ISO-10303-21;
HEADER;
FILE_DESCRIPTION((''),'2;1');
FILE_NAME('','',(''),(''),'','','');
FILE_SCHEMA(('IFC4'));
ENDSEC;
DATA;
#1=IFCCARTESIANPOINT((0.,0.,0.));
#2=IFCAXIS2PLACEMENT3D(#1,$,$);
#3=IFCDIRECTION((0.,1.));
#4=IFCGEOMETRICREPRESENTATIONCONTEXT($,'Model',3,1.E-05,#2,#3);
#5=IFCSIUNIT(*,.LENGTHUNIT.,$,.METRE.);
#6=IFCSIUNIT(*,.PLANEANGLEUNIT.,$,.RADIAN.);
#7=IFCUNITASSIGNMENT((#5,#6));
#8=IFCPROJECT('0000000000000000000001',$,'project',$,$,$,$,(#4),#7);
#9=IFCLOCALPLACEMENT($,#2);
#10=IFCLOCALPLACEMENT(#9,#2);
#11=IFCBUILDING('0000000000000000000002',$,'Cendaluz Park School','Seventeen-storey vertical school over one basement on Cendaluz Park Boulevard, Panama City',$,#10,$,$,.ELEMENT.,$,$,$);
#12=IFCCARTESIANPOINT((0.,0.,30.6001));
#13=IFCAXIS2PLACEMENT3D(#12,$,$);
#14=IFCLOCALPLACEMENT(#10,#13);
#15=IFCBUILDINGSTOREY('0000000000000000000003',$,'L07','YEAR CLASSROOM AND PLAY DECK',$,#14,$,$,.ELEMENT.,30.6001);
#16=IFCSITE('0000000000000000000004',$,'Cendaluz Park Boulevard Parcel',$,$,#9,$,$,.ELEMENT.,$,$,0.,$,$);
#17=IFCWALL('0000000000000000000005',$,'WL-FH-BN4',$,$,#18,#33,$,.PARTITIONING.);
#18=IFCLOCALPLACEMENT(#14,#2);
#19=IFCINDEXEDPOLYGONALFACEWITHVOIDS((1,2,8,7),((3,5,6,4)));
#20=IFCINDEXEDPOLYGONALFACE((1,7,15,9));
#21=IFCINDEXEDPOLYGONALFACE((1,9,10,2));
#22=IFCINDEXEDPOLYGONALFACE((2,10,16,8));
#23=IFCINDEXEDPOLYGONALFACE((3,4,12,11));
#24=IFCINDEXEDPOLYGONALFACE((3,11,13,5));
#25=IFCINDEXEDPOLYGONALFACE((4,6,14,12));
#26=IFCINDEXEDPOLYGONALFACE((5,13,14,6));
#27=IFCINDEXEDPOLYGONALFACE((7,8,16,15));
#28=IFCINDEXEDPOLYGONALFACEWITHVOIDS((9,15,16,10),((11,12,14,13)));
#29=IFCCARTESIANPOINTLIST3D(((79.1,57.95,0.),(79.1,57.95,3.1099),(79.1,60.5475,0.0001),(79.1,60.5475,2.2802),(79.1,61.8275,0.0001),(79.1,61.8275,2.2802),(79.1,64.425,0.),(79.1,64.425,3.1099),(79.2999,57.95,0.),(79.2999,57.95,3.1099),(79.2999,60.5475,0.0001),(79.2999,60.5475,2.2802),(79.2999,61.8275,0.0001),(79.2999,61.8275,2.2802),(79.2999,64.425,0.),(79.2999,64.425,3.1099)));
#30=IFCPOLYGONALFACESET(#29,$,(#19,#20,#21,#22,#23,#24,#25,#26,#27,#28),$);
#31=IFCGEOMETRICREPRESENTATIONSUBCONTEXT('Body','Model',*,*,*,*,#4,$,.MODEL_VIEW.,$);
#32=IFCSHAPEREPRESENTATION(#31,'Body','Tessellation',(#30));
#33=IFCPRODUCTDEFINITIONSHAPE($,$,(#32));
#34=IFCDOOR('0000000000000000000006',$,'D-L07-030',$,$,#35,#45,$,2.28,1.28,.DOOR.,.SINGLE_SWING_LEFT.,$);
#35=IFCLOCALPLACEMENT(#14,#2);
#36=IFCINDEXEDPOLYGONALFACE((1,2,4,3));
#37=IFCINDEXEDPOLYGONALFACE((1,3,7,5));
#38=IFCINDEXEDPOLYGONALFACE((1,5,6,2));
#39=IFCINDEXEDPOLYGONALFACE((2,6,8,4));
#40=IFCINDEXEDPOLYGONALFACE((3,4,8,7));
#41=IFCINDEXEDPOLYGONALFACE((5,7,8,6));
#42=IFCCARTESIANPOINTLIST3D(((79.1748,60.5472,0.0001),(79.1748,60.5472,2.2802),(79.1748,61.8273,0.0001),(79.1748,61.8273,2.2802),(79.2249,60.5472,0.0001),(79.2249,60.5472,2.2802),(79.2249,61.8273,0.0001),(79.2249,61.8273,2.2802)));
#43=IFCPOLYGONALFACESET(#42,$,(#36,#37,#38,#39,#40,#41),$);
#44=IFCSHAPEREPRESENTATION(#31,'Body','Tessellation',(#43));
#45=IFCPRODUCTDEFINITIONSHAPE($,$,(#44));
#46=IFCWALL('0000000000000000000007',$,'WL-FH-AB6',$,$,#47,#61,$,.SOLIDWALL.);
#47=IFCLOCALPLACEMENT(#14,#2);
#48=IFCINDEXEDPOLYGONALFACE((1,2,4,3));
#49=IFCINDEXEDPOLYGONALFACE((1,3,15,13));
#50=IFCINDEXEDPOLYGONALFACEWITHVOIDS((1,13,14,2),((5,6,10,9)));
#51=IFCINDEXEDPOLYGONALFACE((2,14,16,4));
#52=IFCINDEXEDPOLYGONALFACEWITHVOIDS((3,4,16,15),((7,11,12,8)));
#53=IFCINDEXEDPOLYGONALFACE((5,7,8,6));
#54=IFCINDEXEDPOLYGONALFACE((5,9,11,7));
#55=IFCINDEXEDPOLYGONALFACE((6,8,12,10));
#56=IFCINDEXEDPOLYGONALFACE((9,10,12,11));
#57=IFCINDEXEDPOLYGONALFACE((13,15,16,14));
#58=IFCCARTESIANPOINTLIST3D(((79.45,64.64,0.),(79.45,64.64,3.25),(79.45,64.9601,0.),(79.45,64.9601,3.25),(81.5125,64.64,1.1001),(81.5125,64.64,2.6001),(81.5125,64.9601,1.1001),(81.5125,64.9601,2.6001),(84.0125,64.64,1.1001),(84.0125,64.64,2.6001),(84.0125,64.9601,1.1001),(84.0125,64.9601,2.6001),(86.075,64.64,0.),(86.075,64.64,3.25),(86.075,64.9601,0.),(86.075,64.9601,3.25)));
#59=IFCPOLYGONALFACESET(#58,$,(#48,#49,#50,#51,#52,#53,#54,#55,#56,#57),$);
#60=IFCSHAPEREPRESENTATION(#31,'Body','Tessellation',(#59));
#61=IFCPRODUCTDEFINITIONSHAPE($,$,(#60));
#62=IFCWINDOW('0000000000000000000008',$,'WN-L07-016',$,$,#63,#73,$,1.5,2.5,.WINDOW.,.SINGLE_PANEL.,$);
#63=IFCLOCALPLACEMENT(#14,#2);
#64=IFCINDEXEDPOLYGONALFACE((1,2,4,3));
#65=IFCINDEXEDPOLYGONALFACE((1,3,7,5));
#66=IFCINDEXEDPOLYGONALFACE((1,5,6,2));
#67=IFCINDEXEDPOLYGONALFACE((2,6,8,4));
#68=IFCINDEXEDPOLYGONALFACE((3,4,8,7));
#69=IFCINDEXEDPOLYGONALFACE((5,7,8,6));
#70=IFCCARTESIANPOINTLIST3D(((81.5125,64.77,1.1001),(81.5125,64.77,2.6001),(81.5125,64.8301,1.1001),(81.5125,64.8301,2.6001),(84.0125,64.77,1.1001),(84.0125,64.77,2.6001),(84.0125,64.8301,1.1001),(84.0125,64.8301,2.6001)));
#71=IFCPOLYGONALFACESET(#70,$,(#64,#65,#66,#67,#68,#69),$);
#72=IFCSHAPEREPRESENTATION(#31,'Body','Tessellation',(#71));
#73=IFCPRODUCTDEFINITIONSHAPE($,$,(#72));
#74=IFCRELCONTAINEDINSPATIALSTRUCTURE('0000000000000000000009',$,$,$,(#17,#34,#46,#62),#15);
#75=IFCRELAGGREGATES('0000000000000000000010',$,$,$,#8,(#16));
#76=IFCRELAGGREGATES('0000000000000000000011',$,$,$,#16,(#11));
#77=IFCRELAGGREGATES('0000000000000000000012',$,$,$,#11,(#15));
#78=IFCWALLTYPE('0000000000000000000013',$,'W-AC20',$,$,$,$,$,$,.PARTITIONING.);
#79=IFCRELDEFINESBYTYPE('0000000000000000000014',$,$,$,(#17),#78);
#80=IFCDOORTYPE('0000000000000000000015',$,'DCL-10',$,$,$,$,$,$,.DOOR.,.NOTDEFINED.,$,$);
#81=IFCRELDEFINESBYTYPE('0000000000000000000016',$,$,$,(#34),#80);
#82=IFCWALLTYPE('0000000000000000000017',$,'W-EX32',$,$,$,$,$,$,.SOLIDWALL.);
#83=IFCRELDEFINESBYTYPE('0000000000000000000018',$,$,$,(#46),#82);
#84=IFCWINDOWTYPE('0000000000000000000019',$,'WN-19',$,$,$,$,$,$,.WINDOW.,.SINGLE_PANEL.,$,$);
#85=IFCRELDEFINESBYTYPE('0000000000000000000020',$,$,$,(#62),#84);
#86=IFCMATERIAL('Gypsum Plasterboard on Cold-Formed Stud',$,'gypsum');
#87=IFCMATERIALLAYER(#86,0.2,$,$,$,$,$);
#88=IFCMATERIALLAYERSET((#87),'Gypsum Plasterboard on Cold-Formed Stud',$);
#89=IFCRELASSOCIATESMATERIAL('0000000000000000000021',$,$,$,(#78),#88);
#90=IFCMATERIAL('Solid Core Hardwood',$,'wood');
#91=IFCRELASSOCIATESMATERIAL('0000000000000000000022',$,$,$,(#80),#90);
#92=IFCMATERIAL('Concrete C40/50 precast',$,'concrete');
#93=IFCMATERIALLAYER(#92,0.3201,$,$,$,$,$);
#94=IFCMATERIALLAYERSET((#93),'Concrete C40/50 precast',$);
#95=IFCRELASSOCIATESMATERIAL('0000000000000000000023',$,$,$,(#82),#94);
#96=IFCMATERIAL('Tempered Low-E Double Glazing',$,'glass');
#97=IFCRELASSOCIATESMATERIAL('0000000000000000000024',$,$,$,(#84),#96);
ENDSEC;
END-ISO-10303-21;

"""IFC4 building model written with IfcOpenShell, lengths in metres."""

from ifc_helpers import new_model, si_unit, direction, frame, frame_2d, origin, place, context, subcontext, project, spatial, rectangle, extrude, material, layer, layer_set, type_object, element, fill, save


model = new_model("IFC4")

# Units and contexts
model_context = context("Model", 3, precision=1e-05, world=origin(), true_north=direction((0.0, 1.0)))
body_context = subcontext(model_context, "Body", "Model", "MODEL_VIEW")
ifc_project = project(units=[si_unit("LENGTHUNIT", "METRE"), si_unit("PLANEANGLEUNIT", "RADIAN")], contexts=[model_context])

# Site, building, storey
site_placement = place(None, origin())
site = spatial("IfcSite", under=ifc_project, at=site_placement, Name="Cendaluz Park Boulevard Parcel", CompositionType="ELEMENT", RefElevation=0.0)
building_placement = place(site_placement, origin())
building = spatial("IfcBuilding", under=site, at=building_placement, Name="Cendaluz Park School", Description="Seventeen-storey vertical school over one basement on Cendaluz Park Boulevard, Panama City", CompositionType="ELEMENT")
storey_placement = place(building_placement, frame((0.0, 0.0, 30.6001)))
storey = spatial("IfcBuildingStorey", under=building, at=storey_placement, Name="L07", Description="YEAR CLASSROOM AND PLAY DECK", CompositionType="ELEMENT", Elevation=30.6001)

# Shared definitions
ifc_material_1 = material(Name="Gypsum Plasterboard on Cold-Formed Stud", Category="gypsum")
ifc_layer_1 = layer(ifc_material_1, 0.2)
ifc_layer_set_1 = layer_set([ifc_layer_1], Name="Gypsum Plasterboard on Cold-Formed Stud")
wall_type_1 = type_object("IfcWallType", Name="W-AC20", PredefinedType="PARTITIONING", material=ifc_layer_set_1)

# Wall, opening, door
ifc_material_2 = material(Name="Solid Core Hardwood", Category="wood")
wall_1_placement = place(storey_placement, frame((79.2, 57.95, 0.0), z_axis=(0.0, 0.0, 1.0), x_axis=(0.0, 1.0, 0.0)))
wall_1 = element("IfcWall", 1, at=wall_1_placement, inside=storey, type_object=wall_type_1, Name="WL-FH-BN4", PredefinedType="PARTITIONING", context=body_context, shape_type="SweptSolid", body=[
    extrude(rectangle(XDim=6.4751, YDim=0.2, at=frame_2d((3.2375, 0.0))), origin(), (0.0, 0.0, 1.0), 3.1099),
])
opening_1_placement = place(wall_1_placement, frame((2.5974, 0.0, 0.0)))
opening_1 = element("IfcOpeningElement", 2, at=opening_1_placement, cuts=wall_1, PredefinedType="OPENING", context=body_context, shape_type="SweptSolid", body=[
    extrude(rectangle(XDim=1.28, YDim=2.28, at=frame_2d((0.6401, 1.1401))), frame((0.0, 0.1121, 0.0), z_axis=(0.0, -1.0, 0.0), x_axis=(1.0, 0.0, 0.0)), (0.0, 0.0, 1.0), 0.2239),
])
door_type_1 = type_object("IfcDoorType", Name="DCL-10", OperationType="NOTDEFINED", PredefinedType="DOOR", material=ifc_material_2)
door_1_placement = place(opening_1_placement, frame((1.28, 0.0, 0.0), z_axis=(0.0, 0.0, 1.0), x_axis=(-1.0, 0.0, 0.0)))
door_1 = element("IfcDoor", 3, at=door_1_placement, inside=storey, type_object=door_type_1, Name="D-L07-030", OperationType="SINGLE_SWING_LEFT", OverallHeight=2.28, OverallWidth=1.28, PredefinedType="DOOR", context=body_context, shape_type="SweptSolid", body=[
    extrude(rectangle(XDim=1.28, YDim=2.28, at=frame_2d((0.6401, 1.1401))), frame((0.0, 0.0249, 0.0), z_axis=(0.0, -1.0, 0.0), x_axis=(1.0, 0.0, 0.0)), (0.0, 0.0, 1.0), 0.05),
])
fill(opening_1, door_1)

# Wall, opening, window
ifc_material_3 = material(Name="Concrete C40/50 precast", Category="concrete")
ifc_layer_2 = layer(ifc_material_3, 0.3201)
ifc_layer_set_2 = layer_set([ifc_layer_2], Name="Concrete C40/50 precast")
wall_type_2 = type_object("IfcWallType", Name="W-EX32", PredefinedType="SOLIDWALL", material=ifc_layer_set_2)
wall_2_placement = place(storey_placement, frame((79.45, 64.8, 0.0), z_axis=(0.0, 0.0, 1.0), x_axis=(1.0, 0.0, 0.0)))
wall_2 = element("IfcWall", 4, at=wall_2_placement, inside=storey, type_object=wall_type_2, Name="WL-FH-AB6", PredefinedType="SOLIDWALL", context=body_context, shape_type="SweptSolid", body=[
    extrude(rectangle(XDim=6.625, YDim=0.3201, at=frame_2d((3.3125, 0.0))), origin(), (0.0, 0.0, 1.0), 3.25),
])
opening_2_placement = place(wall_2_placement, frame((2.0625, 0.0, 1.1001)))
opening_2 = element("IfcOpeningElement", 5, at=opening_2_placement, cuts=wall_2, PredefinedType="OPENING", context=body_context, shape_type="SweptSolid", body=[
    extrude(rectangle(XDim=2.5, YDim=1.5, at=frame_2d((1.25, 0.75))), frame((0.0, 0.1721, 0.0), z_axis=(0.0, -1.0, 0.0), x_axis=(1.0, 0.0, 0.0)), (0.0, 0.0, 1.0), 0.344),
])
ifc_material_4 = material(Name="Tempered Low-E Double Glazing", Category="glass")
window_type = type_object("IfcWindowType", Name="WN-19", PartitioningType="SINGLE_PANEL", PredefinedType="WINDOW", material=ifc_material_4)
window_placement = place(opening_2_placement, origin())
window = element("IfcWindow", 6, at=window_placement, inside=storey, type_object=window_type, Name="WN-L07-016", OverallHeight=1.5, OverallWidth=2.5, PartitioningType="SINGLE_PANEL", PredefinedType="WINDOW", context=body_context, shape_type="SweptSolid", body=[
    extrude(rectangle(XDim=2.5, YDim=1.5, at=frame_2d((1.25, 0.75))), frame((0.0, 0.03, 0.0), z_axis=(0.0, -1.0, 0.0), x_axis=(1.0, 0.0, 0.0)), (0.0, 0.0, 1.0), 0.0601),
])
fill(opening_2, window)

save(model, "model.ifc")
